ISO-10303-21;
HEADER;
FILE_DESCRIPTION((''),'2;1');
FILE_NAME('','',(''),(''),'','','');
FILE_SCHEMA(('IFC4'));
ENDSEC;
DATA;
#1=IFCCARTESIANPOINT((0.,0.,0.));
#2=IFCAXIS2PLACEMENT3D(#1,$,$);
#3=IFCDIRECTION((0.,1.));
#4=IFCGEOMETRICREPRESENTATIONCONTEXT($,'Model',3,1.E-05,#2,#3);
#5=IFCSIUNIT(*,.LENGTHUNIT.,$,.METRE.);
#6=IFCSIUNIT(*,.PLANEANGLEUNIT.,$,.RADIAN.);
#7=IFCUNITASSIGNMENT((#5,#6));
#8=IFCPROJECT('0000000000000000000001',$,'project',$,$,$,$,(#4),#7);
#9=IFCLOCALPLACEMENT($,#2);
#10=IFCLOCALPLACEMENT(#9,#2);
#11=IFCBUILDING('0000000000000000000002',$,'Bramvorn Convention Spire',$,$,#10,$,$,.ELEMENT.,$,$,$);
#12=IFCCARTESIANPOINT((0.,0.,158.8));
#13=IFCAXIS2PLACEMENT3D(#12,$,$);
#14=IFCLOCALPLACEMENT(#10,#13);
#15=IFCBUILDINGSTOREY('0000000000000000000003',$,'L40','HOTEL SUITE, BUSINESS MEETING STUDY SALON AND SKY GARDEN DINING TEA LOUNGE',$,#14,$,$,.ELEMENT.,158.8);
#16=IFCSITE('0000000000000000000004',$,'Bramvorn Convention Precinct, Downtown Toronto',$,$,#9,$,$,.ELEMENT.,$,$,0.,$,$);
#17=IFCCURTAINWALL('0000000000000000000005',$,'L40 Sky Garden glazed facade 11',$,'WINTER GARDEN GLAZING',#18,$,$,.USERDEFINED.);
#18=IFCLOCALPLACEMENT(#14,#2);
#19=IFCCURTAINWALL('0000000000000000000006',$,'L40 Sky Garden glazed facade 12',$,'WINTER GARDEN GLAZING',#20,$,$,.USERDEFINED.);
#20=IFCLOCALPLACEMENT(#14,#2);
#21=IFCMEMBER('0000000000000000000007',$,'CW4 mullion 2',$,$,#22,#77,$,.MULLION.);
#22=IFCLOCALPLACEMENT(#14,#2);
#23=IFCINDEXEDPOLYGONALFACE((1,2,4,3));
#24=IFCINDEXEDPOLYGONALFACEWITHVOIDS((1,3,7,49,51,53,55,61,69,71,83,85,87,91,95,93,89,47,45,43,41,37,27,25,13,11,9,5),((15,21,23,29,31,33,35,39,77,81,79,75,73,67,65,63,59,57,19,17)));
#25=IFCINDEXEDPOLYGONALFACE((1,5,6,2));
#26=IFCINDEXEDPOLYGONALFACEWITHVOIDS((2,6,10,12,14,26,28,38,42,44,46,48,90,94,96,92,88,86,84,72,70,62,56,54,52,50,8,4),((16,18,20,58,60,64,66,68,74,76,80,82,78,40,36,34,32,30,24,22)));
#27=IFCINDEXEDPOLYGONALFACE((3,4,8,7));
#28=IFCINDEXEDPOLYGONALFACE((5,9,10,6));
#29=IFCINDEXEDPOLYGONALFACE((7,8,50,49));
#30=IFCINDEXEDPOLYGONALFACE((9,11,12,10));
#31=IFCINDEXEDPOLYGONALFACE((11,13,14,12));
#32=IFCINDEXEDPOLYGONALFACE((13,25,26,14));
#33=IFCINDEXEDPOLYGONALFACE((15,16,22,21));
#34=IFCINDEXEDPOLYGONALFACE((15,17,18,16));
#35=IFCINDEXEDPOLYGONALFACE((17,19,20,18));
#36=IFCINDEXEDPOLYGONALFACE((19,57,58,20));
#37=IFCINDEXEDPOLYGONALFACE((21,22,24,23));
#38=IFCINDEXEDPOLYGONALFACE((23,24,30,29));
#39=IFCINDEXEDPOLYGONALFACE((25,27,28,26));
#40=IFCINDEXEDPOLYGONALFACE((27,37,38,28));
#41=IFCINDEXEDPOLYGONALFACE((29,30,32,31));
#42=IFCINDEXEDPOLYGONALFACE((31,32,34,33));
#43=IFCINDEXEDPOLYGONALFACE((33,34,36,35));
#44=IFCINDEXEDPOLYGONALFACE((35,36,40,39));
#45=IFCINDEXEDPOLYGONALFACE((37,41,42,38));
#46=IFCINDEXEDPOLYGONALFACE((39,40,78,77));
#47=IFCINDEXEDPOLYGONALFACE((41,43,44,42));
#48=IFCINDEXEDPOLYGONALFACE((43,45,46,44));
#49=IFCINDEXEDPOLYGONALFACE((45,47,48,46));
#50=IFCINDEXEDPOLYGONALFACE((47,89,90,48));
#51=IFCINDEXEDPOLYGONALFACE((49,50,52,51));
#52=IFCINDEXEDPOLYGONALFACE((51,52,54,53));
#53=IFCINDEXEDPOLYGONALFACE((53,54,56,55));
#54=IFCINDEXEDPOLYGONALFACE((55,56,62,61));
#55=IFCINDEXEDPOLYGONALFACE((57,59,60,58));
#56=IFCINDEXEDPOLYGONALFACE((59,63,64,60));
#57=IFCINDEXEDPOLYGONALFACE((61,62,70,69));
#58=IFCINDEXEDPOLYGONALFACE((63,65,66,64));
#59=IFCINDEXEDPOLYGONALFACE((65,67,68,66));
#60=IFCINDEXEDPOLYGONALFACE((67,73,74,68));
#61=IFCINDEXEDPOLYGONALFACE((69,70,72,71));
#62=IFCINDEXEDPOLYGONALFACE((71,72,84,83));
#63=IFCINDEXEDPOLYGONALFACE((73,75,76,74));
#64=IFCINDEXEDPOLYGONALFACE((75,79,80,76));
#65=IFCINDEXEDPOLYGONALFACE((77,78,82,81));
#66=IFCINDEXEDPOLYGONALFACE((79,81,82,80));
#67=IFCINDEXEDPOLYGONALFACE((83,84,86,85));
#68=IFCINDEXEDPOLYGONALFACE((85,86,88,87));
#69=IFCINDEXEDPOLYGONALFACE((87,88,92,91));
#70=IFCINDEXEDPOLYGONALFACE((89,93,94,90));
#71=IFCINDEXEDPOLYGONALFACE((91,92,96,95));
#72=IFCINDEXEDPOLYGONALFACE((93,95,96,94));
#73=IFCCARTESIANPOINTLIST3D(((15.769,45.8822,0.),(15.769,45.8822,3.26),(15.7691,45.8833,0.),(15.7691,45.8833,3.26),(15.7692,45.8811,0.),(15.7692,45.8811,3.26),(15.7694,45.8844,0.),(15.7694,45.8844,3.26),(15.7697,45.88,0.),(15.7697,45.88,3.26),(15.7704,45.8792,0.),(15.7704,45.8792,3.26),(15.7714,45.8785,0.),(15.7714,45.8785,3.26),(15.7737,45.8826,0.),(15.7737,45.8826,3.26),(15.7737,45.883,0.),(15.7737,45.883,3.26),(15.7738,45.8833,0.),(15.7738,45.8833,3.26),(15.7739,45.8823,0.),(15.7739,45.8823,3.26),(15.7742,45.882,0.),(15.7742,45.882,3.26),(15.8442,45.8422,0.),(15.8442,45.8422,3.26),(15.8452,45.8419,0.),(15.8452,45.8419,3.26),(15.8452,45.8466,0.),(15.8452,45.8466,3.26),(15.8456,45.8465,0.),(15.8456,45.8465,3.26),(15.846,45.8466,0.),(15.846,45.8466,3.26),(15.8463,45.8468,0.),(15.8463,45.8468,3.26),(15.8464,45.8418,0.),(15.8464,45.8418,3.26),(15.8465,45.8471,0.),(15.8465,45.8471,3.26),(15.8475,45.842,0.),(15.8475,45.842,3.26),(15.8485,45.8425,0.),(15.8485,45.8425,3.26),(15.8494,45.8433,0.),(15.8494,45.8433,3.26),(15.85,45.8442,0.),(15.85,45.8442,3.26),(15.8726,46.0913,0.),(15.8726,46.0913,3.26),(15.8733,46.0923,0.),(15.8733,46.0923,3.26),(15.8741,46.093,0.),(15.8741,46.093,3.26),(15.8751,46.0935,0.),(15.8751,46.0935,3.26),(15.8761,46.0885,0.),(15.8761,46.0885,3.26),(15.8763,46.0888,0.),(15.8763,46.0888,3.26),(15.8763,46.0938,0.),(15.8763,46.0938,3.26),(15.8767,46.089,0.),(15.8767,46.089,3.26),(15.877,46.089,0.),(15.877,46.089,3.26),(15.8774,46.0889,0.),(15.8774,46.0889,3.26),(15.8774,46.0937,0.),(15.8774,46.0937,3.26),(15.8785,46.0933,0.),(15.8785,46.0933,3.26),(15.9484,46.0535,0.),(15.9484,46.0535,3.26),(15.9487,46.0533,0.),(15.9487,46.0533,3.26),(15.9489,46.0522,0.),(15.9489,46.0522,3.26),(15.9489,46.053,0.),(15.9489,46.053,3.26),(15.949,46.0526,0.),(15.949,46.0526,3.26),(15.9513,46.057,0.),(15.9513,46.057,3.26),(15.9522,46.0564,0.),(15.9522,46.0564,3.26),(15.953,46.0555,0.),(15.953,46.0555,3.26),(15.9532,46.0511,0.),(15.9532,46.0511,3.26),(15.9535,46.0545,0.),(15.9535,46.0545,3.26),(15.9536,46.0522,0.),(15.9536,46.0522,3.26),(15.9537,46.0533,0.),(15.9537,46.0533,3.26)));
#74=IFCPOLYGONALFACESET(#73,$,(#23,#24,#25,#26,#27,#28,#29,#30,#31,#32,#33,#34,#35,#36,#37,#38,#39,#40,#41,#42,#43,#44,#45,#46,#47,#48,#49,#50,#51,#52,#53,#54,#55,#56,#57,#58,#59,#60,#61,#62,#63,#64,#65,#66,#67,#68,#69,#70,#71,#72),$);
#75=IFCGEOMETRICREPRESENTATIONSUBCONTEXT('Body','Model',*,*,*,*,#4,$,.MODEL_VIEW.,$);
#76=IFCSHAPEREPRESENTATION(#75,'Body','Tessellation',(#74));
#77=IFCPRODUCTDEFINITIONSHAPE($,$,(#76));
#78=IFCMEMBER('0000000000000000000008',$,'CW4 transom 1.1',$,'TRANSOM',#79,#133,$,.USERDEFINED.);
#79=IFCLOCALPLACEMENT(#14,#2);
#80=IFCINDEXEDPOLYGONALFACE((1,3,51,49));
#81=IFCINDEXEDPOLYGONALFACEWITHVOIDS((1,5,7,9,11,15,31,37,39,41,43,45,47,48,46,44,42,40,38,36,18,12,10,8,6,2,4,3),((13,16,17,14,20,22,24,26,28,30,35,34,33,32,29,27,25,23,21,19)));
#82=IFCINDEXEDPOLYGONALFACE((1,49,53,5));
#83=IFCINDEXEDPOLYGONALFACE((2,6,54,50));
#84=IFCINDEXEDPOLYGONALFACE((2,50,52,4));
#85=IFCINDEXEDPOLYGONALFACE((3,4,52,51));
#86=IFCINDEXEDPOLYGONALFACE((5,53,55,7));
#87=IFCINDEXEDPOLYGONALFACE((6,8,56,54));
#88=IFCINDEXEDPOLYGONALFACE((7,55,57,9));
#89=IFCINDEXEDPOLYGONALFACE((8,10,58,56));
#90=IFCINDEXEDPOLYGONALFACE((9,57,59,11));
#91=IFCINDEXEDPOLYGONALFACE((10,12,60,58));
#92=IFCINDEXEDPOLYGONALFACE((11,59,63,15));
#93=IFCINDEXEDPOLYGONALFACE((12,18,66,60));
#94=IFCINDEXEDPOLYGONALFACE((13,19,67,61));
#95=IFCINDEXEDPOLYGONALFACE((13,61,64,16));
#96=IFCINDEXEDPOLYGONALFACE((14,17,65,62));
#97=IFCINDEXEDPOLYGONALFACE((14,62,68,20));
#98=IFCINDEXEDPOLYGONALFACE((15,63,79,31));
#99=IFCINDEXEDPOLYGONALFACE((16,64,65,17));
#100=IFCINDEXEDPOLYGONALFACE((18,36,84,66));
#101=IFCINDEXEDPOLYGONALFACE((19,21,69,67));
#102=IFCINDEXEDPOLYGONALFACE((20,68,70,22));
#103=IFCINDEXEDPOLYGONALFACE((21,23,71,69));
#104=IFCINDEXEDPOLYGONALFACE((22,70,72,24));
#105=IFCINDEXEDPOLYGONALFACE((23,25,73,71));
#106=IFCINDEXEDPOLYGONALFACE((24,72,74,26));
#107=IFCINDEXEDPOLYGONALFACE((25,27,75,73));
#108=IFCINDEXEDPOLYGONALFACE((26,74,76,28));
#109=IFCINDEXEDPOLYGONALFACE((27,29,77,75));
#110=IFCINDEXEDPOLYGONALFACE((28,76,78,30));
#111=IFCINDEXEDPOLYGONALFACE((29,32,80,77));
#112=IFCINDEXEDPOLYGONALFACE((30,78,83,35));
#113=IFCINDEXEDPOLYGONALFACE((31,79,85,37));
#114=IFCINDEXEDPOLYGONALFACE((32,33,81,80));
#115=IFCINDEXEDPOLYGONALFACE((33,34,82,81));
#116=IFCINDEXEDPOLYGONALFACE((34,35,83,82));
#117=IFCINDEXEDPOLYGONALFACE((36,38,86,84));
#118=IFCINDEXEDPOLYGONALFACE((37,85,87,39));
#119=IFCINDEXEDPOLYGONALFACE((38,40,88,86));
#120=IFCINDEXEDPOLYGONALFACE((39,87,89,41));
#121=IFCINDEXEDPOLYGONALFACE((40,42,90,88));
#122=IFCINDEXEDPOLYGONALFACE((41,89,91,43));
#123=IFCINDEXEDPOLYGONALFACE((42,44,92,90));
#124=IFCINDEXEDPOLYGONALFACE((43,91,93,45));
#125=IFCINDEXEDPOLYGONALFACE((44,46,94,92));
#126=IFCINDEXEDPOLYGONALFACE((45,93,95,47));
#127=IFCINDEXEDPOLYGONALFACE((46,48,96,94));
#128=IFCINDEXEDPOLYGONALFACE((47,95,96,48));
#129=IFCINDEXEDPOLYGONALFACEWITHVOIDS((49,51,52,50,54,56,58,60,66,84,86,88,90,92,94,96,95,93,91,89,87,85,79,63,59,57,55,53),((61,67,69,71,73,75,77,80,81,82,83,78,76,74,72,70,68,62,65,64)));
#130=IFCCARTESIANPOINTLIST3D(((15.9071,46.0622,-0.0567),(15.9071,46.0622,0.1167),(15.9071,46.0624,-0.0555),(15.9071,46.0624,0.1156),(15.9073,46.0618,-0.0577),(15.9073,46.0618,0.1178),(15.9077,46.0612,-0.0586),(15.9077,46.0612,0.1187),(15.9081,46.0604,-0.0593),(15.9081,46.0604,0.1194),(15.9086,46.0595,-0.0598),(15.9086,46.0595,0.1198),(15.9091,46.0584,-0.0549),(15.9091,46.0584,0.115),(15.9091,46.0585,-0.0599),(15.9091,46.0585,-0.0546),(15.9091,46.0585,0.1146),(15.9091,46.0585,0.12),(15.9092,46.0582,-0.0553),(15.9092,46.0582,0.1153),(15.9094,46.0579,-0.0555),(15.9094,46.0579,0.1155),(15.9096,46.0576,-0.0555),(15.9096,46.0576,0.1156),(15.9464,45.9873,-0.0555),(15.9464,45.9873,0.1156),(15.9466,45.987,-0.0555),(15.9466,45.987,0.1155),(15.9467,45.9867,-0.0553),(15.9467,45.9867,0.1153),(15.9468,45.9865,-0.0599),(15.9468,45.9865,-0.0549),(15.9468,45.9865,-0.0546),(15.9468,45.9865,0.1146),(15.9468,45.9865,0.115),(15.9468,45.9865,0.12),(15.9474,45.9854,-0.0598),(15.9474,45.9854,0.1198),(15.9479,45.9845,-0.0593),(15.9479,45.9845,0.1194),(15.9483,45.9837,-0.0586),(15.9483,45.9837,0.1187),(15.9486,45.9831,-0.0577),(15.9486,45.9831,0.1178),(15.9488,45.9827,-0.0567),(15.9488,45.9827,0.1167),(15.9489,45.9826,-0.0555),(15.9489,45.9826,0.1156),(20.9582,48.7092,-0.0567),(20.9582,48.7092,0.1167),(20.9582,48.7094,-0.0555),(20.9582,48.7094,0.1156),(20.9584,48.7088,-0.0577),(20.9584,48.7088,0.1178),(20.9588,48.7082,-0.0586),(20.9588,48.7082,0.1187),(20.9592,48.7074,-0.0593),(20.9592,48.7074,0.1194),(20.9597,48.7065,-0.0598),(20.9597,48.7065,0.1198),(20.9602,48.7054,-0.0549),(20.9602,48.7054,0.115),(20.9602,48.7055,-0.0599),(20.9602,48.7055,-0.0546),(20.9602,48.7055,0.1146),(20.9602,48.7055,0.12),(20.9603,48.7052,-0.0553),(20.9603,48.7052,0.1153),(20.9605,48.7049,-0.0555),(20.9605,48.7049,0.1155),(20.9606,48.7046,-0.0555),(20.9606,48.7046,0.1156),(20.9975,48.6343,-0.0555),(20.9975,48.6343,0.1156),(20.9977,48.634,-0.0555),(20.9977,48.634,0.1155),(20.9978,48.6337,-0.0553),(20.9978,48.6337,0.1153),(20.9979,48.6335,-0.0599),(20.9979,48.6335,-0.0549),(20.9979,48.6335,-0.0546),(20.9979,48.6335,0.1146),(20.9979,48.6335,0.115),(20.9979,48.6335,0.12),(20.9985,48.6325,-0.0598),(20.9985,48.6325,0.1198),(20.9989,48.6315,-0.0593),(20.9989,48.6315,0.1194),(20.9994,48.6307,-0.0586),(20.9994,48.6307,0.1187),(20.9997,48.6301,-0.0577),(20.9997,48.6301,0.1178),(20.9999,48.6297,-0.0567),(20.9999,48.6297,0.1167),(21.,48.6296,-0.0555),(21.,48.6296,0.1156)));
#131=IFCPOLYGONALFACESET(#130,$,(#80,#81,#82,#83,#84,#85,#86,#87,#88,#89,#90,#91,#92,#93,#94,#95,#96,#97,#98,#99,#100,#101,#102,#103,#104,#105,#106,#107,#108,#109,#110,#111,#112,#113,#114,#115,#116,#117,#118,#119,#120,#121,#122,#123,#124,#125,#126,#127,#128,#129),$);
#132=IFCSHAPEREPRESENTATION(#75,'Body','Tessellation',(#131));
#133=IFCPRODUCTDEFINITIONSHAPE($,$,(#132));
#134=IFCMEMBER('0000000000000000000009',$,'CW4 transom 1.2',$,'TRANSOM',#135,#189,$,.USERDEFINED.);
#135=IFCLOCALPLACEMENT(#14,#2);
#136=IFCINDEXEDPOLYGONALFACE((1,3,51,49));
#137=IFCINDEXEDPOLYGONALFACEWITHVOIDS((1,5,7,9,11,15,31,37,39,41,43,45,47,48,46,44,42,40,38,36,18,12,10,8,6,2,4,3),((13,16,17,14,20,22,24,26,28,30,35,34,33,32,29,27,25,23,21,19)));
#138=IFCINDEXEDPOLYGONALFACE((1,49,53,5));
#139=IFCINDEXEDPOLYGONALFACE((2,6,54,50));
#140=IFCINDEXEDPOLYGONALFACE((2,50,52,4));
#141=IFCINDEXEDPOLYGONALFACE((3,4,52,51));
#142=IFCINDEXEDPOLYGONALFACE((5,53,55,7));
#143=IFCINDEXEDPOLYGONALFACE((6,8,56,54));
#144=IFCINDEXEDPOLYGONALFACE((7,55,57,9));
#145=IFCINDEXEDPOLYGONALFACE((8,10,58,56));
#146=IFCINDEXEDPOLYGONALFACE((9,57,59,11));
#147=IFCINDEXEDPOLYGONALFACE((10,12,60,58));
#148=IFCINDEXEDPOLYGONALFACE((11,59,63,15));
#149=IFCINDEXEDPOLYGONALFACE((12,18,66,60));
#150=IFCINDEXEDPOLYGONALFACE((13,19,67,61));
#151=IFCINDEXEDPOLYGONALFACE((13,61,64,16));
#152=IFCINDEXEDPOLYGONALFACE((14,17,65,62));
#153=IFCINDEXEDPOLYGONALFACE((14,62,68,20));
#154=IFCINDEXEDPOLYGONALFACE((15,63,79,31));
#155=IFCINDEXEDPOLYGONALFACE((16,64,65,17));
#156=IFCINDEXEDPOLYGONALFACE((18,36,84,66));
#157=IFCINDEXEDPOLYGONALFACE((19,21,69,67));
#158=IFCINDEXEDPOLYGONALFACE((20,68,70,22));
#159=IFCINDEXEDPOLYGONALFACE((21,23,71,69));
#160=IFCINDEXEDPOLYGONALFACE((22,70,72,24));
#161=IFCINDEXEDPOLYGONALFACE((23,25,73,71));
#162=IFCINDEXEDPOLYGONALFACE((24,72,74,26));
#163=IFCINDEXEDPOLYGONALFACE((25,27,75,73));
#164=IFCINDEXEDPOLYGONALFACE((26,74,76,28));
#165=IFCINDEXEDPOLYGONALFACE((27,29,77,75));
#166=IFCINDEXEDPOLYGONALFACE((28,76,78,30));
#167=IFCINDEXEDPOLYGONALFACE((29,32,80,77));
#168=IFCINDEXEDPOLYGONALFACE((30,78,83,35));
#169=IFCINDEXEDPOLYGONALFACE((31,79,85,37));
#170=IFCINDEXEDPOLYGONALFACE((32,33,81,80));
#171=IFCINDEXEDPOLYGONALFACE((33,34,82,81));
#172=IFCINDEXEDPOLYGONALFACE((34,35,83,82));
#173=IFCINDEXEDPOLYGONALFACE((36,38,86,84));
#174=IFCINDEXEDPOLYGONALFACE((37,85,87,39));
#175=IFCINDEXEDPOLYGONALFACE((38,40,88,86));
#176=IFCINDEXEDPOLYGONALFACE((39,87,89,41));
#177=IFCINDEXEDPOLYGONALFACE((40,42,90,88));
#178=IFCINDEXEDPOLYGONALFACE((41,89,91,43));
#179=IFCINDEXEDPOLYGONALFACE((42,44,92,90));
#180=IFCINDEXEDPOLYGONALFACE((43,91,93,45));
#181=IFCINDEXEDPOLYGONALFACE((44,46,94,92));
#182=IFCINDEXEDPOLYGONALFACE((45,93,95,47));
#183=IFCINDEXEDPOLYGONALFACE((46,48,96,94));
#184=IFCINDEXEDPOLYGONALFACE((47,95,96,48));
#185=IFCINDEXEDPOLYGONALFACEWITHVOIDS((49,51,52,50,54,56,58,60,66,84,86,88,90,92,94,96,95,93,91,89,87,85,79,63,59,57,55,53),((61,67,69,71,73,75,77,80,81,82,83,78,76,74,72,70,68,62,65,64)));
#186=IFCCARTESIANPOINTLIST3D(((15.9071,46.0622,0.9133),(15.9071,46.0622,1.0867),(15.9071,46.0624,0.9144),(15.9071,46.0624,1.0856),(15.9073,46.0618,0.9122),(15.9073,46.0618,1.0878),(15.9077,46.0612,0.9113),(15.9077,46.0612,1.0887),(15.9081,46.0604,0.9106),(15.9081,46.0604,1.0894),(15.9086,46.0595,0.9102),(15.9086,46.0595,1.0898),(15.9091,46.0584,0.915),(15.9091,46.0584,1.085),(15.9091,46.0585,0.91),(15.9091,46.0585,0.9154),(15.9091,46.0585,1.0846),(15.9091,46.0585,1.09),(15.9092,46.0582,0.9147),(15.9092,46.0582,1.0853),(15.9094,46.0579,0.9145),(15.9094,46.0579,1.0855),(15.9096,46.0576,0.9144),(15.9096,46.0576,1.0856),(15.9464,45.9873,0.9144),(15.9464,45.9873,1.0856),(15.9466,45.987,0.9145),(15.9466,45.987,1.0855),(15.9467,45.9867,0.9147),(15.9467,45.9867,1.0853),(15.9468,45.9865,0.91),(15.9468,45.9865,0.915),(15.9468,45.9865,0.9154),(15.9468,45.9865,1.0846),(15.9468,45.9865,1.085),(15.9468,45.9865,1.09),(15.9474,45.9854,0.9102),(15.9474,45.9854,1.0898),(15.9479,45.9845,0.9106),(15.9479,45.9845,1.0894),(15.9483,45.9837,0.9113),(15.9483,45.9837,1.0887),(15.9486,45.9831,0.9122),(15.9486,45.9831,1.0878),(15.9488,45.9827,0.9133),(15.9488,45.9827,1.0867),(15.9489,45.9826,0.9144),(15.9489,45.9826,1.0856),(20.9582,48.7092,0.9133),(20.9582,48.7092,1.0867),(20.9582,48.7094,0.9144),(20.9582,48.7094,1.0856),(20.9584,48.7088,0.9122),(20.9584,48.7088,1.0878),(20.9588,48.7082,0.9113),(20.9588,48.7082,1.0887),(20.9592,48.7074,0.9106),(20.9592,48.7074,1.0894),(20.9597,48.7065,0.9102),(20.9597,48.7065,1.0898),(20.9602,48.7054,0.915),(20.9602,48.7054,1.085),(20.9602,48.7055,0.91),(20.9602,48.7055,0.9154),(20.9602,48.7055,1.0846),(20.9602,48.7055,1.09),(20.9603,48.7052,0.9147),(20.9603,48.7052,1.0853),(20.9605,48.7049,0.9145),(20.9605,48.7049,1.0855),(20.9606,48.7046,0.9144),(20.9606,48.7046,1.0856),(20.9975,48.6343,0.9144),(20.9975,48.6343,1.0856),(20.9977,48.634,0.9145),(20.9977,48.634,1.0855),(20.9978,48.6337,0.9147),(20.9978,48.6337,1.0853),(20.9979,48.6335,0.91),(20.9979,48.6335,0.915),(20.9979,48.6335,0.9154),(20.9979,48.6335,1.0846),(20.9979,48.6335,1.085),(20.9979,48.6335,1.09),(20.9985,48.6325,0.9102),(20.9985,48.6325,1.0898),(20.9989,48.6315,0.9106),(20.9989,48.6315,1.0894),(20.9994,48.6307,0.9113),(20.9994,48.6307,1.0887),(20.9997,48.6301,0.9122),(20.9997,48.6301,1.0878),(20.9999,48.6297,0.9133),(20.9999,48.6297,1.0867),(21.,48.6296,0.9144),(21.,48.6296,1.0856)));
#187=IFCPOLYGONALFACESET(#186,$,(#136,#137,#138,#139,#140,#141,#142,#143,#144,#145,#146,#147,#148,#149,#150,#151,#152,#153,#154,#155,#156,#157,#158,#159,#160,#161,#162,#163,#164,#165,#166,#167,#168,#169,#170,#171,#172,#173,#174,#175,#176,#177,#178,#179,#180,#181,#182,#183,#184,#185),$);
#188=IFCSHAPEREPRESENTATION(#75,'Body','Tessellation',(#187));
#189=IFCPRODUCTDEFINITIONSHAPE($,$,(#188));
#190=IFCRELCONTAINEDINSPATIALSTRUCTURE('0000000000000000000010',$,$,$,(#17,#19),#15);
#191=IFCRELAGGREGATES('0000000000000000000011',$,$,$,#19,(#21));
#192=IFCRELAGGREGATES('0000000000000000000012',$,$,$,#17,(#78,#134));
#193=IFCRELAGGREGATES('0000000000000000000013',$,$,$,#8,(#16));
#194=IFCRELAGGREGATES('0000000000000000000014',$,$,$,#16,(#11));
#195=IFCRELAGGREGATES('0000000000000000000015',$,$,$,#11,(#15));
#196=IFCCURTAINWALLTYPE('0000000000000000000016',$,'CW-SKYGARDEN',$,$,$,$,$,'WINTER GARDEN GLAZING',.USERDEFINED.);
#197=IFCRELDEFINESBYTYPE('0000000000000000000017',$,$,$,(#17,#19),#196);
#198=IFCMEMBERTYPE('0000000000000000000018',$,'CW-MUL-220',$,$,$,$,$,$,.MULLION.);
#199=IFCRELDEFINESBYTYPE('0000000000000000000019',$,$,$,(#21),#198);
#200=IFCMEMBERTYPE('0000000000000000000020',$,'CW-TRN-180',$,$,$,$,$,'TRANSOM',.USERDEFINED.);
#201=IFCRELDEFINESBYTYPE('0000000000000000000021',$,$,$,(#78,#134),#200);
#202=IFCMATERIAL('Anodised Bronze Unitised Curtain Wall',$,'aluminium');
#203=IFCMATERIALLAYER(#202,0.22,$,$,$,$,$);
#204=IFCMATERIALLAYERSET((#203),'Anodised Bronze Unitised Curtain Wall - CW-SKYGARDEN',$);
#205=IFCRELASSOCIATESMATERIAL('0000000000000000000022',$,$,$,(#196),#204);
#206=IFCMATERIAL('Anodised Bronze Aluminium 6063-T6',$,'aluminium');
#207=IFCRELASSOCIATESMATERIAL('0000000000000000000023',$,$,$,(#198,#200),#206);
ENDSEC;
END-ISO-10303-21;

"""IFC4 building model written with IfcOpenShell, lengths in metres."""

from ifc_helpers import new_model, si_unit, direction, frame, origin, origin_2d, place, context, subcontext, project, spatial, hollow_rectangle, extrude, material, layer, layer_set, material_profile, profile_set, type_object, element, aggregate, save


model = new_model("IFC4")

# Units and contexts
model_context = context("Model", 3, precision=1e-05, world=origin(), true_north=direction((0.0, 1.0)))
body_context = subcontext(model_context, "Body", "Model", "MODEL_VIEW")
ifc_project = project(units=[si_unit("LENGTHUNIT", "METRE"), si_unit("PLANEANGLEUNIT", "RADIAN")], contexts=[model_context])

# Site, building, storey
site_placement = place(None, origin())
site = spatial("IfcSite", under=ifc_project, at=site_placement, Name="Bramvorn Convention Precinct, Downtown Toronto", CompositionType="ELEMENT", RefElevation=0.0)
building_placement = place(site_placement, origin())
building = spatial("IfcBuilding", under=site, at=building_placement, Name="Bramvorn Convention Spire", CompositionType="ELEMENT")
storey_placement = place(building_placement, frame((0.0, 0.0, 158.8)))
storey = spatial("IfcBuildingStorey", under=building, at=storey_placement, Name="L40", Description="HOTEL SUITE, BUSINESS MEETING STUDY SALON AND SKY GARDEN DINING TEA LOUNGE", CompositionType="ELEMENT", Elevation=158.8)

# Curtain wall
ifc_material_1 = material(Name="Anodised Bronze Unitised Curtain Wall", Category="aluminium")
ifc_layer_1 = layer(ifc_material_1, 0.22)
ifc_layer_set_1 = layer_set([ifc_layer_1], Name="Anodised Bronze Unitised Curtain Wall - CW-SKYGARDEN")
curtain_wall_type = type_object("IfcCurtainWallType", Name="CW-SKYGARDEN", ElementType="WINTER GARDEN GLAZING", PredefinedType="USERDEFINED", material=ifc_layer_set_1)
curtain_wall_1_placement = place(storey_placement, origin())
curtain_wall_1 = element("IfcCurtainWall", 1, at=curtain_wall_1_placement, inside=storey, type_object=curtain_wall_type, Name="L40 Sky Garden glazed facade 11", ObjectType="WINTER GARDEN GLAZING", PredefinedType="USERDEFINED")
ifc_material_2 = material(Name="Anodised Bronze Aluminium 6063-T6", Category="aluminium")
ifc_material_profile_1 = material_profile(ifc_material_2, hollow_rectangle(XDim=0.0901, YDim=0.24, WallThickness=0.0044, InnerFilletRadius=0.001, OuterFilletRadius=0.0044, at=origin_2d()))
ifc_profile_set_1 = profile_set([ifc_material_profile_1], Name="Anodised Bronze Aluminium 6063-T6 - CWM90X240")
member_type_1 = type_object("IfcMemberType", Name="CW-MUL-220", PredefinedType="MULLION", material=ifc_profile_set_1)

# Curtain wall, member
curtain_wall_2_placement = place(storey_placement, origin())
curtain_wall_2 = element("IfcCurtainWall", 2, at=curtain_wall_2_placement, inside=storey, type_object=curtain_wall_type, Name="L40 Sky Garden glazed facade 12", ObjectType="WINTER GARDEN GLAZING", PredefinedType="USERDEFINED")
member_1_placement = place(storey_placement, frame((15.8613, 45.9678, 0.0), z_axis=(0.0, 0.0, 1.0), x_axis=(-0.894885, 0.446296, 0.0)))
member_1 = element("IfcMember", 3, at=member_1_placement, type_object=member_type_1, Name="CW4 mullion 2", PredefinedType="MULLION", context=body_context, shape_type="SweptSolid", body=[
    extrude(hollow_rectangle(XDim=0.0901, YDim=0.24, WallThickness=0.0044, InnerFilletRadius=0.001, OuterFilletRadius=0.0044, at=origin_2d()), origin(), (0.0, 0.0, 1.0), 3.26),
])
aggregate(curtain_wall_2, [member_1])

# Members
ifc_material_profile_2 = material_profile(ifc_material_2, hollow_rectangle(XDim=0.0901, YDim=0.1799, WallThickness=0.0044, InnerFilletRadius=0.001, OuterFilletRadius=0.0044, at=origin_2d()))
ifc_profile_set_2 = profile_set([ifc_material_profile_2], Name="Anodised Bronze Aluminium 6063-T6 - CWT90X180")
member_type_2 = type_object("IfcMemberType", Name="CW-TRN-180", ElementType="TRANSOM", PredefinedType="USERDEFINED", material=ifc_profile_set_2)
member_2_placement = place(storey_placement, frame((15.928, 46.0225, 0.03), z_axis=(0.885745, 0.464172, 0.0), x_axis=(-0.464172, 0.885745, 0.0)))
member_2 = element("IfcMember", 4, at=member_2_placement, type_object=member_type_2, Name="CW4 transom 1.1", ObjectType="TRANSOM", PredefinedType="USERDEFINED", context=body_context, shape_type="SweptSolid", body=[
    extrude(hollow_rectangle(XDim=0.0901, YDim=0.1799, WallThickness=0.0044, InnerFilletRadius=0.001, OuterFilletRadius=0.0044, at=origin_2d()), origin(), (0.0, 0.0, 1.0), 5.7026),
])
member_3_placement = place(storey_placement, frame((15.928, 46.0225, 1.0), z_axis=(0.885745, 0.464172, 0.0), x_axis=(-0.464172, 0.885745, 0.0)))
member_3 = element("IfcMember", 5, at=member_3_placement, type_object=member_type_2, Name="CW4 transom 1.2", ObjectType="TRANSOM", PredefinedType="USERDEFINED", context=body_context, shape_type="SweptSolid", body=[
    extrude(hollow_rectangle(XDim=0.0901, YDim=0.1799, WallThickness=0.0044, InnerFilletRadius=0.001, OuterFilletRadius=0.0044, at=origin_2d()), origin(), (0.0, 0.0, 1.0), 5.7026),
])

aggregate(curtain_wall_1, [member_2, member_3])

save(model, "model.ifc")
